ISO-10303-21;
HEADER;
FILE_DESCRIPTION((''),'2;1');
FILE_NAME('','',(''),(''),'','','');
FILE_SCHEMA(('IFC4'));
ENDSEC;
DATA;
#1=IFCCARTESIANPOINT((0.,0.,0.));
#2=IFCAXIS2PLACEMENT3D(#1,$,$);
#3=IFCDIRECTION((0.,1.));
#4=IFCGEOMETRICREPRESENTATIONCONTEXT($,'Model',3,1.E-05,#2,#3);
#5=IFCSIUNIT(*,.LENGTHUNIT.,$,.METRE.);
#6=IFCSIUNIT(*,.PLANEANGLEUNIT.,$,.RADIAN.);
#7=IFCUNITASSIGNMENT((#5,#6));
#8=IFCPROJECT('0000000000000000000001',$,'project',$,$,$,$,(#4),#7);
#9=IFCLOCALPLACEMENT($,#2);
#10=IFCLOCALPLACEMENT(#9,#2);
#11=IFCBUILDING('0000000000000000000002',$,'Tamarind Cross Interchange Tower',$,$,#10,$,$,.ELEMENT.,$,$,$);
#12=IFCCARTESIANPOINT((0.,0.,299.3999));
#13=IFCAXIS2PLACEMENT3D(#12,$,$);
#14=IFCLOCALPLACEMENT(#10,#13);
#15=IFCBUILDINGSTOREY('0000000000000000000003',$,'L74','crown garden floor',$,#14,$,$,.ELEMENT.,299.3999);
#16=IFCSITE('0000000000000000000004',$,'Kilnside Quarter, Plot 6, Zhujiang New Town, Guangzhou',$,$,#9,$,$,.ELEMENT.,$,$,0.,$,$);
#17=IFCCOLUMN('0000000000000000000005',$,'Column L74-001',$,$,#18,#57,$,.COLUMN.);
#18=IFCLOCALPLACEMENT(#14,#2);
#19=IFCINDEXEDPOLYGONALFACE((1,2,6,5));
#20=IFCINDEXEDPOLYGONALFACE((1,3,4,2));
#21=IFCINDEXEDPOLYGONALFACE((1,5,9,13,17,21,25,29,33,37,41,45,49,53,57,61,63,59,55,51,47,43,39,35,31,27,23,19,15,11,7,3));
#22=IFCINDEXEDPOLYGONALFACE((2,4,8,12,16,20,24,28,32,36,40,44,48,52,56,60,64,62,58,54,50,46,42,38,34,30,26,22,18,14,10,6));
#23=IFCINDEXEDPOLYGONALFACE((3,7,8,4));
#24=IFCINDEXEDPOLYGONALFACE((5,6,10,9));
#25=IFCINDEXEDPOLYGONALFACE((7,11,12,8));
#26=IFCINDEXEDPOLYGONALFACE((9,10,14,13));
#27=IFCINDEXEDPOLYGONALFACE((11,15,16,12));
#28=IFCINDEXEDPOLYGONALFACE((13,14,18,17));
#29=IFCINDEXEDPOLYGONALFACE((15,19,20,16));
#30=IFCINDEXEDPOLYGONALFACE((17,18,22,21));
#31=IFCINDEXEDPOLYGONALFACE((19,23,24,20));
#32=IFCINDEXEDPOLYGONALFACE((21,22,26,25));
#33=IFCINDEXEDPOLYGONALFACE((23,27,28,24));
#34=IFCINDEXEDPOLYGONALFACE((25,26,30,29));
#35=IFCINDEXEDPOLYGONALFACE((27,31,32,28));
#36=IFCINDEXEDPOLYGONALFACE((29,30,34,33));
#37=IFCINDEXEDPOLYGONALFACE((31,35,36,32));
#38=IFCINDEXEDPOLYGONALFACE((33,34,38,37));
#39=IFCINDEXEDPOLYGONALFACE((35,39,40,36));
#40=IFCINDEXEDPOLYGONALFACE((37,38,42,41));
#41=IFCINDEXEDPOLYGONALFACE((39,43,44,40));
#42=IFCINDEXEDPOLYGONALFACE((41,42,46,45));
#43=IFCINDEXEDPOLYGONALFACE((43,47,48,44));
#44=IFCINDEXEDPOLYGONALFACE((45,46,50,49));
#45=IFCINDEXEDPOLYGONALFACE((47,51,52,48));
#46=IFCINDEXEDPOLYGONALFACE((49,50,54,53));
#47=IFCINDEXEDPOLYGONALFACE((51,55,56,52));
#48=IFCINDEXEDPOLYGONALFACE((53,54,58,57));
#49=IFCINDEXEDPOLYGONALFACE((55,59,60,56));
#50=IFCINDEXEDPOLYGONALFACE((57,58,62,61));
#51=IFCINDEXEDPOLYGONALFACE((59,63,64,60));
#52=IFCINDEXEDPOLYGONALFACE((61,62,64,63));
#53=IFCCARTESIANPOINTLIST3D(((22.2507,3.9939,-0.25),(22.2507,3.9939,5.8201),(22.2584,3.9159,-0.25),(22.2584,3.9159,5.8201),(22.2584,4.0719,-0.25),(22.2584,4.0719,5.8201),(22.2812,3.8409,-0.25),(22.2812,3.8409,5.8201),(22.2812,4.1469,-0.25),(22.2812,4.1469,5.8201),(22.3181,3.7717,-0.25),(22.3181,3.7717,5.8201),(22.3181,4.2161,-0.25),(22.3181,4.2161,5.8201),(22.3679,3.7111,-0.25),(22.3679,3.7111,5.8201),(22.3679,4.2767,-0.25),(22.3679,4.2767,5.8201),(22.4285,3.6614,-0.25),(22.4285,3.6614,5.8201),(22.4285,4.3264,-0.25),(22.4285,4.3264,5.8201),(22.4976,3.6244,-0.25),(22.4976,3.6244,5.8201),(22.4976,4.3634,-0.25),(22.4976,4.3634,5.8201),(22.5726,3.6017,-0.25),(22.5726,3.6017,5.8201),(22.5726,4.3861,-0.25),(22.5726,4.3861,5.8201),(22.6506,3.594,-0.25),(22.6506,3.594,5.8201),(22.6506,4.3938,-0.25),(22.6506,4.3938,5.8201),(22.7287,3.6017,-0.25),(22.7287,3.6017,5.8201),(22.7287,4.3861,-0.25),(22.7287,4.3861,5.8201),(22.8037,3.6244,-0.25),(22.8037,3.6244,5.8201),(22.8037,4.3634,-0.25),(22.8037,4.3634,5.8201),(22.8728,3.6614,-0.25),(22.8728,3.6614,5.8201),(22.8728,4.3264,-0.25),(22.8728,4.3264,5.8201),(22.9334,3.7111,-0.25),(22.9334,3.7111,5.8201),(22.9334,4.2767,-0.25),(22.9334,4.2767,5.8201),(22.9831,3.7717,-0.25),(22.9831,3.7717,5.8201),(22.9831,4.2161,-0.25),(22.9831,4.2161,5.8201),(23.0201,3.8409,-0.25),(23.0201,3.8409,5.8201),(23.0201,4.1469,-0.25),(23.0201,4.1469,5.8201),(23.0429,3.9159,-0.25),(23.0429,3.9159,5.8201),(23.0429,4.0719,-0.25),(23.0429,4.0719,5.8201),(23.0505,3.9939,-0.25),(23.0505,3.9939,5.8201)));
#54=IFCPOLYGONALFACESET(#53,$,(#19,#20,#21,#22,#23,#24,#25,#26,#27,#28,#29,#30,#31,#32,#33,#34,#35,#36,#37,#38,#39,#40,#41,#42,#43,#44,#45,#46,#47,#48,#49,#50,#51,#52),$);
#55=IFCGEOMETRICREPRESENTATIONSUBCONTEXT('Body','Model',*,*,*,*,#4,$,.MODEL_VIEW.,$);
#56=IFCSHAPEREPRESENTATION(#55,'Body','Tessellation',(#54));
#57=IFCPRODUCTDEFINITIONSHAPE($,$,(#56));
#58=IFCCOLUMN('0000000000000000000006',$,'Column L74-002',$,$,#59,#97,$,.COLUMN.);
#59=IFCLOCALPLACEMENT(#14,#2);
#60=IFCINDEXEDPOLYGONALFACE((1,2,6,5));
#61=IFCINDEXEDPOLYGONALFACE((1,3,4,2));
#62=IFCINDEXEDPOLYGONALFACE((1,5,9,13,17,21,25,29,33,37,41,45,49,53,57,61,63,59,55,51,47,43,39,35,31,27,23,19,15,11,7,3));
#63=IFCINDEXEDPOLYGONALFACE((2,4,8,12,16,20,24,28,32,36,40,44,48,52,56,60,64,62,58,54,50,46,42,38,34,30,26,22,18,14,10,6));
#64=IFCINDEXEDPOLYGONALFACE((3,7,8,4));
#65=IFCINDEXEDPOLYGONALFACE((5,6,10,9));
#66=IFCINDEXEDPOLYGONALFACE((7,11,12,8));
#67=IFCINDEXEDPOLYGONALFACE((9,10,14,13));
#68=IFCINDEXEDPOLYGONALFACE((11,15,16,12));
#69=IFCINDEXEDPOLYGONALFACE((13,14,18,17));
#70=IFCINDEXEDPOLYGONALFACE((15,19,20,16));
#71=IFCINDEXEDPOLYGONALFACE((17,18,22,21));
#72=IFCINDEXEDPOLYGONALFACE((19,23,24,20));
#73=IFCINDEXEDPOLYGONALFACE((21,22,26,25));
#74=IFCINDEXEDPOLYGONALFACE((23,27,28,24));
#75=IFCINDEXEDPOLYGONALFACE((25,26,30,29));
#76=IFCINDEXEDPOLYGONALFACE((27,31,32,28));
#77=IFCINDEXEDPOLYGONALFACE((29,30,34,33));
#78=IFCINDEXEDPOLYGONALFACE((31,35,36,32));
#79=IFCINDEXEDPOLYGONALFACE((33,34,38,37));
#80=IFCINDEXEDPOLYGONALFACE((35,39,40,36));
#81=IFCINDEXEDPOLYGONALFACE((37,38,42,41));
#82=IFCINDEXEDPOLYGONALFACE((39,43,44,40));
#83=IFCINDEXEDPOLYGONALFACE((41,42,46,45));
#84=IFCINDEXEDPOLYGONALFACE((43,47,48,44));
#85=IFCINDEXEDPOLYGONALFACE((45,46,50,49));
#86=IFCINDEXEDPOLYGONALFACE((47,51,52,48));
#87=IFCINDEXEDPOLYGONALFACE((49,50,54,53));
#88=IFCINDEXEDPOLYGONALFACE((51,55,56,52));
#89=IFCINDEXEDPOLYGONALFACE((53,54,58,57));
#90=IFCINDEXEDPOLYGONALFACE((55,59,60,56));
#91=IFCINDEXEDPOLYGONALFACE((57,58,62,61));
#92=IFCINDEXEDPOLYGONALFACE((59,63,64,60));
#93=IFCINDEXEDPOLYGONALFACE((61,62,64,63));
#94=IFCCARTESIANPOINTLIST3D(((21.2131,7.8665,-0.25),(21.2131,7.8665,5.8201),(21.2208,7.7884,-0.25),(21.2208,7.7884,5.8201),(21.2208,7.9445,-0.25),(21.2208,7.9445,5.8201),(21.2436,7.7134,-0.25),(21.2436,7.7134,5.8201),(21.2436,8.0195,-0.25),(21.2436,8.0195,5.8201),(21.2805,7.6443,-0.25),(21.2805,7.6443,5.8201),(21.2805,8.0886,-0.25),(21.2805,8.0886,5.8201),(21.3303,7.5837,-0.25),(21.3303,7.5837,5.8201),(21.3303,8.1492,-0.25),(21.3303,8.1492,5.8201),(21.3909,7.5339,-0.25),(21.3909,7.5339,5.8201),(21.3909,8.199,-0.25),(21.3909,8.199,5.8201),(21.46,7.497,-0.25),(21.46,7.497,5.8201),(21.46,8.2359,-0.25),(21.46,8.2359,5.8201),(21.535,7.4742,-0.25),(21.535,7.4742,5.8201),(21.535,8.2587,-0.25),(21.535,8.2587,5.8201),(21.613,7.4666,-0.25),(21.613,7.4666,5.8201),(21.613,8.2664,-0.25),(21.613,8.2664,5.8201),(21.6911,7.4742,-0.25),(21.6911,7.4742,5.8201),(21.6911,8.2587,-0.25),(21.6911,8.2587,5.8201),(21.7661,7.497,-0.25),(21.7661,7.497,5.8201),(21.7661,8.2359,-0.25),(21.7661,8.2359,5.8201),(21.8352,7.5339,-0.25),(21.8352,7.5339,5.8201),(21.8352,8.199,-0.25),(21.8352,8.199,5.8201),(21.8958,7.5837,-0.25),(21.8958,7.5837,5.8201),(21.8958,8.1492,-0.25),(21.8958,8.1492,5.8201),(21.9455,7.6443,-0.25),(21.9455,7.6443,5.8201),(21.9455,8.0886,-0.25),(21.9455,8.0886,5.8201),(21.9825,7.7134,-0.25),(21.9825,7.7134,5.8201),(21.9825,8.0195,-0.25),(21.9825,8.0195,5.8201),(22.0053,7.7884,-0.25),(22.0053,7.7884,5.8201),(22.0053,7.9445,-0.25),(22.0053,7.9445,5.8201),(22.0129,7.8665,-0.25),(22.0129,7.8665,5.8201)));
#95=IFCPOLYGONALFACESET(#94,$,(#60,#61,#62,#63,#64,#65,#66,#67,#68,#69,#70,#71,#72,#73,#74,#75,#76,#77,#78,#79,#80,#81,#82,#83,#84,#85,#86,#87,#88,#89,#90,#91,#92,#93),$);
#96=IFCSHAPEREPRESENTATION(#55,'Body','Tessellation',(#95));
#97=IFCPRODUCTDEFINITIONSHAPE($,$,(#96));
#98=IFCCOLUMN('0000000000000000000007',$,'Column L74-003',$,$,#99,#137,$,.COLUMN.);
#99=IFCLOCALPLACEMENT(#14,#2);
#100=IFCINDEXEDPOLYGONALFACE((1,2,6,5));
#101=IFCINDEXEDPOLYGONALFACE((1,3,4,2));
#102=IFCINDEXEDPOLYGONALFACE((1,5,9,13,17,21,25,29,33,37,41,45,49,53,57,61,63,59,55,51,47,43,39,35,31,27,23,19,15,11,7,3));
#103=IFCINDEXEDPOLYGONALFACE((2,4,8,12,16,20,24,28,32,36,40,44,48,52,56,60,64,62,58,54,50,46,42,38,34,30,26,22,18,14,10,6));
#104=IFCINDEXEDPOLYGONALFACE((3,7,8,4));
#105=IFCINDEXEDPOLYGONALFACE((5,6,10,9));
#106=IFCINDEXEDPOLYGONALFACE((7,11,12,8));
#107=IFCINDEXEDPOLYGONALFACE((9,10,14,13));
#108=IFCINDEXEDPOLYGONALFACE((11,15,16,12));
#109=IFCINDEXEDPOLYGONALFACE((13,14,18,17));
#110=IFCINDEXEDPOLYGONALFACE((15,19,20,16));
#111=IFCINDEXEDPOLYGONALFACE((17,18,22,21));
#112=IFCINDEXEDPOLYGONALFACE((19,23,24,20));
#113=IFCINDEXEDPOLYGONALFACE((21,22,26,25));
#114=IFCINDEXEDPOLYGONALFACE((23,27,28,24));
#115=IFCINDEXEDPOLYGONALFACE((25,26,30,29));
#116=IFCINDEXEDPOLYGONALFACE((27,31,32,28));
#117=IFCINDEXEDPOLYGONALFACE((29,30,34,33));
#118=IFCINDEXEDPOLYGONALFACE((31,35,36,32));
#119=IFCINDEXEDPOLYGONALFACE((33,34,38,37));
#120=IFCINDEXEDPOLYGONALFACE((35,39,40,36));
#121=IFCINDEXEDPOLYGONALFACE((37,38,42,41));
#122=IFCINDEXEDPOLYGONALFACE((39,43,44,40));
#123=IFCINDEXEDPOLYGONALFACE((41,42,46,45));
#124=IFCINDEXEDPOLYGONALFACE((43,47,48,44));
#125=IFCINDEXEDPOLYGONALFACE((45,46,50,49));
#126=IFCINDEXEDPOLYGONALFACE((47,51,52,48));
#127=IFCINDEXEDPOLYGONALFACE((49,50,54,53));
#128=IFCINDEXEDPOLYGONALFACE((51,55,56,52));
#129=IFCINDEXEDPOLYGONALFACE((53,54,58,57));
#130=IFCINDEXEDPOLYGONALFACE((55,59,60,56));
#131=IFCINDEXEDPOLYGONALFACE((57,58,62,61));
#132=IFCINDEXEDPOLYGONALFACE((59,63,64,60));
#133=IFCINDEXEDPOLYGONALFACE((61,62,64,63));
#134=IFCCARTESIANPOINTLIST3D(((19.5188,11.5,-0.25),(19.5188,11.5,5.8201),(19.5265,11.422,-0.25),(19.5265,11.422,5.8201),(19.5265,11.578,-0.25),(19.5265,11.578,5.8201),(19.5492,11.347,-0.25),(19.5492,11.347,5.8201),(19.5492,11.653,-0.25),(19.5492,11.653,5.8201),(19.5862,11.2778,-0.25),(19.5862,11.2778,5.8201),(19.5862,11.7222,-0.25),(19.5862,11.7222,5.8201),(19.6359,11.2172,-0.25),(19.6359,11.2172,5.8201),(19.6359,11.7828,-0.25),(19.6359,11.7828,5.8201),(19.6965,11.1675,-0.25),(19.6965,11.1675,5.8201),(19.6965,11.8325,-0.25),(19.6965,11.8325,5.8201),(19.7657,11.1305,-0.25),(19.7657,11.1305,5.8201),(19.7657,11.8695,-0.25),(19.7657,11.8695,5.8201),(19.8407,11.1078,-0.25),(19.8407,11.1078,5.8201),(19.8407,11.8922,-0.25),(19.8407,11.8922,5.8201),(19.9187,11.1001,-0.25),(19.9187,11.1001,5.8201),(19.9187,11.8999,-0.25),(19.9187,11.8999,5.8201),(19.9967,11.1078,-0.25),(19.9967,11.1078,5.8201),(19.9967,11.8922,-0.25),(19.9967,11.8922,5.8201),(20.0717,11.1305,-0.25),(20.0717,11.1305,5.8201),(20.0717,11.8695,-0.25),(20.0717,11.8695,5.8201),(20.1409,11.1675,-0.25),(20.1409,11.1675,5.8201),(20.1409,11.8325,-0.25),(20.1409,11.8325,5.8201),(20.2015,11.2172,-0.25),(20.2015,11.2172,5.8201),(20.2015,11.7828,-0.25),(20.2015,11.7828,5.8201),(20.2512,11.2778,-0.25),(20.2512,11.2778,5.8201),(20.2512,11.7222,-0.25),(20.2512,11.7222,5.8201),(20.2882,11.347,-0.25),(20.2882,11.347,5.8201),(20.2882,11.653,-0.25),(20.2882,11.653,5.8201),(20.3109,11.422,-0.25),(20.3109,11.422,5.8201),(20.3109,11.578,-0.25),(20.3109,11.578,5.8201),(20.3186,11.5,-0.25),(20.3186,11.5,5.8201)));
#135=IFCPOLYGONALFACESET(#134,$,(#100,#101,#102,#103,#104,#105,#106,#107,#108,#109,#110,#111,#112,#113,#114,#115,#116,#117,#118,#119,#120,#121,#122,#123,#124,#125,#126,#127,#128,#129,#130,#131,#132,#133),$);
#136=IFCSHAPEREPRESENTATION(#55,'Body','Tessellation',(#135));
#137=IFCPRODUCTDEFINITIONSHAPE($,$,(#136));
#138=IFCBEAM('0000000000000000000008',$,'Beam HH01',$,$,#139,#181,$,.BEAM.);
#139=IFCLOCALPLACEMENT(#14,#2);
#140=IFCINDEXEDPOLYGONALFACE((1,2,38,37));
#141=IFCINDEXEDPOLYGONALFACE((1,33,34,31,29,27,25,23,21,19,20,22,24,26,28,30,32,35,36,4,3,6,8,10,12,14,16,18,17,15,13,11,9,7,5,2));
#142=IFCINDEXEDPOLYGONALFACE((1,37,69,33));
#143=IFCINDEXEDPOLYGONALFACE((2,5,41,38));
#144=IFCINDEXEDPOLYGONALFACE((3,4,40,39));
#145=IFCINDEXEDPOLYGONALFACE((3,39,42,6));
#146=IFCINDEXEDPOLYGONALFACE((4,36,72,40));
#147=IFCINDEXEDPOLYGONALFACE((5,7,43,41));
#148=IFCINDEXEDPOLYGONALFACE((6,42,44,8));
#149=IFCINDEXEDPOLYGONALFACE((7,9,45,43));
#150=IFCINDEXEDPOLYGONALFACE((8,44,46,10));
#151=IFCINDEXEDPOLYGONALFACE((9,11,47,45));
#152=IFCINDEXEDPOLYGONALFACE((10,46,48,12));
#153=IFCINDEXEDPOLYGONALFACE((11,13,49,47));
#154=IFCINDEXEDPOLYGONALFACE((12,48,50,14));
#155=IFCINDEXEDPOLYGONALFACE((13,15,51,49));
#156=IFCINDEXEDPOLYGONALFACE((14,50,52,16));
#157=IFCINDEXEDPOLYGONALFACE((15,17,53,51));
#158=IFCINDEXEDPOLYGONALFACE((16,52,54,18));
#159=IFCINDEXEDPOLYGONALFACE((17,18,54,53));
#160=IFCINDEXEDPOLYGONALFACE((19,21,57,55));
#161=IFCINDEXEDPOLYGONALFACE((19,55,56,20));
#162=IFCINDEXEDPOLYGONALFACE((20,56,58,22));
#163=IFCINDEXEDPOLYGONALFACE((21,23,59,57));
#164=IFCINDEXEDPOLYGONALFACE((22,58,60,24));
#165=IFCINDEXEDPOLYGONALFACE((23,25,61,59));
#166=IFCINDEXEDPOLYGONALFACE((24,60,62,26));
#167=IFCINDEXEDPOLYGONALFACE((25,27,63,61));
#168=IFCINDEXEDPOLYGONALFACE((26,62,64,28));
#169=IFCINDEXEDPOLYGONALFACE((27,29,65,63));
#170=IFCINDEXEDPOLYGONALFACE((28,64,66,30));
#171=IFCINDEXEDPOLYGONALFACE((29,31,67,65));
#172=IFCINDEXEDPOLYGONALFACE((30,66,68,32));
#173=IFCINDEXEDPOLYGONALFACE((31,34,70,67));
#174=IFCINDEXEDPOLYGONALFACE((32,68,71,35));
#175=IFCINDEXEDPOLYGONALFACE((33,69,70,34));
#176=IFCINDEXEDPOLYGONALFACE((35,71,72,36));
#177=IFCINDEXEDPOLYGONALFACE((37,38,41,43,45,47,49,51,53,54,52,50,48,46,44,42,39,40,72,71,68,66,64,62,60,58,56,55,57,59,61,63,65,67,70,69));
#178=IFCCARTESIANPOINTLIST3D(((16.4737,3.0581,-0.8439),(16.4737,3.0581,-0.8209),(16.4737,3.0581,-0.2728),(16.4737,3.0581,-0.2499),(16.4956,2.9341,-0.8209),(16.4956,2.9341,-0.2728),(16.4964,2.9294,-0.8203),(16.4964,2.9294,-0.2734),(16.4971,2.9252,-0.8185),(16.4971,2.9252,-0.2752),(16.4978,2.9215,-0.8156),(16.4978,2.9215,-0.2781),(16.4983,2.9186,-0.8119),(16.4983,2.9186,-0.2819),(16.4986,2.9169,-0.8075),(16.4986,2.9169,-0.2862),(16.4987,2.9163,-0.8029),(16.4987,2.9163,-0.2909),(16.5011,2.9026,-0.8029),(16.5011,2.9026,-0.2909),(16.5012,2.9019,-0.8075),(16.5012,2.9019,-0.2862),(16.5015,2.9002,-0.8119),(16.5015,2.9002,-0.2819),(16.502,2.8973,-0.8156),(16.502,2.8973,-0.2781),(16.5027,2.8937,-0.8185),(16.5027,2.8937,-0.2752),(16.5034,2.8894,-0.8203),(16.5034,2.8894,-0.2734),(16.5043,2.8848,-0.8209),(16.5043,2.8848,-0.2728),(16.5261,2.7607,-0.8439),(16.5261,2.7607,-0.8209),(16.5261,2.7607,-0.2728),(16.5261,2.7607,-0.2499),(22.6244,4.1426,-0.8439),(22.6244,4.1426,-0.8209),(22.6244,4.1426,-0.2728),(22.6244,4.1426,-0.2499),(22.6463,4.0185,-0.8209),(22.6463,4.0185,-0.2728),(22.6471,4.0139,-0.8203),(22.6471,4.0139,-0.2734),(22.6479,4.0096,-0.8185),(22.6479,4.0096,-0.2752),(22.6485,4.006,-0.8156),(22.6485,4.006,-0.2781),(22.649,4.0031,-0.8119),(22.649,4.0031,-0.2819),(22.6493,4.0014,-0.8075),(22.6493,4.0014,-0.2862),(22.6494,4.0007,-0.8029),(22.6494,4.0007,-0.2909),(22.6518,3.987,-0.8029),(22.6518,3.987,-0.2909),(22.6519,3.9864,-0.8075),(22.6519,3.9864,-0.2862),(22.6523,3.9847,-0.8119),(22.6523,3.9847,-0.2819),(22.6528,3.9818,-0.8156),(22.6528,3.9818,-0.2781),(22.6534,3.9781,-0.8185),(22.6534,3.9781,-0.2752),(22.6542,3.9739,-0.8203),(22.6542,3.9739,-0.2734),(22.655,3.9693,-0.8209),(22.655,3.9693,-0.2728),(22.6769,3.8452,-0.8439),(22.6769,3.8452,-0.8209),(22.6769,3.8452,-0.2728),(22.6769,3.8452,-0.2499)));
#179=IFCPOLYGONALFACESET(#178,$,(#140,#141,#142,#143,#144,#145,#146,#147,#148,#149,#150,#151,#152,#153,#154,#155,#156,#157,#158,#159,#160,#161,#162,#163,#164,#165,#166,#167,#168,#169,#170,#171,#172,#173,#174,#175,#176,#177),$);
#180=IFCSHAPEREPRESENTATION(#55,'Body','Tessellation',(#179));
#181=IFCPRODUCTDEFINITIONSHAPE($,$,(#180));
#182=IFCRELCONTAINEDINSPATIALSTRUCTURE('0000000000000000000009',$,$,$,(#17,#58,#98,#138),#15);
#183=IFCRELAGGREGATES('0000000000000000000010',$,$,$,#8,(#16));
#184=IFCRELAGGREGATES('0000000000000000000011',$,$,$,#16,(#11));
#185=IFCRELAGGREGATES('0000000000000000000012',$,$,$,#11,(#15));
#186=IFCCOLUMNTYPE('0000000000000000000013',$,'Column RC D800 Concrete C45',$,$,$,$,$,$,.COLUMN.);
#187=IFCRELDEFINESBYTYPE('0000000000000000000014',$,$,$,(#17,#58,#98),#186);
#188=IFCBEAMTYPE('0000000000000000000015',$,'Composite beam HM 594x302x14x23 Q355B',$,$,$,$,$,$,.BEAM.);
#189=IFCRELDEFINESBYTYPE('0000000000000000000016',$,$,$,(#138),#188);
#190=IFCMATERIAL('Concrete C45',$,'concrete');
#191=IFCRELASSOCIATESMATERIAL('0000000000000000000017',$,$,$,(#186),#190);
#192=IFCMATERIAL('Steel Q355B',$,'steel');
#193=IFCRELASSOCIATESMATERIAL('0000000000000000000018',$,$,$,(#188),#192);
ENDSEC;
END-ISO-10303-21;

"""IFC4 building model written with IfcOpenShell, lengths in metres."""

from ifc_helpers import new_model, si_unit, direction, frame, origin, origin_2d, place, context, subcontext, project, spatial, circle, i_section, extrude, material, material_profile, profile_set, type_object, element, save


model = new_model("IFC4")

# Units and contexts
model_context = context("Model", 3, precision=1e-05, world=origin(), true_north=direction((0.0, 1.0)))
body_context = subcontext(model_context, "Body", "Model", "MODEL_VIEW")
ifc_project = project(units=[si_unit("LENGTHUNIT", "METRE"), si_unit("PLANEANGLEUNIT", "RADIAN")], contexts=[model_context])

# Site, building, storey
site_placement = place(None, origin())
site = spatial("IfcSite", under=ifc_project, at=site_placement, Name="Kilnside Quarter, Plot 6, Zhujiang New Town, Guangzhou", CompositionType="ELEMENT", RefElevation=0.0)
building_placement = place(site_placement, origin())
building = spatial("IfcBuilding", under=site, at=building_placement, Name="Tamarind Cross Interchange Tower", CompositionType="ELEMENT")
storey_placement = place(building_placement, frame((0.0, 0.0, 299.3999)))
storey = spatial("IfcBuildingStorey", under=building, at=storey_placement, Name="L74", Description="crown garden floor", CompositionType="ELEMENT", Elevation=299.3999)

# Columns
ifc_material_1 = material(Name="Concrete C45", Category="concrete")
ifc_material_profile_1 = material_profile(ifc_material_1, circle(Radius=0.3999, at=origin_2d()), Name="RC D800")
ifc_profile_set_1 = profile_set([ifc_material_profile_1], Name="Concrete C45")
column_type = type_object("IfcColumnType", Name="Column RC D800 Concrete C45", PredefinedType="COLUMN", material=ifc_profile_set_1)
for number, where, z_axis, x_axis, name in (
    (1, (22.6506, 3.9939, -0.25), (0.0, 0.0, 1.0), (1.0, 0.0, 0.0), "Column L74-001"),
    (2, (21.613, 7.8665, -0.25), (0.0, 0.0, 1.0), (1.0, 0.0, 0.0), "Column L74-002"),
    (3, (19.9187, 11.5, -0.25), (0.0, 0.0, 1.0), (1.0, 0.0, 0.0), "Column L74-003"),
):
    element("IfcColumn", number, at=place(storey_placement, frame(where, z_axis=z_axis, x_axis=x_axis)), inside=storey, type_object=column_type, Name=name, PredefinedType="COLUMN", context=body_context, shape_type="SweptSolid", body=[
        extrude(circle(Radius=0.3999, at=origin_2d()), origin(), (0.0, 0.0, 1.0), 6.0701),
    ])

# Beam
ifc_material_2 = material(Name="Steel Q355B", Category="steel")
ifc_material_profile_2 = material_profile(ifc_material_2, i_section(OverallWidth=0.302, OverallDepth=0.594, WebThickness=0.0139, FlangeThickness=0.0229, FilletRadius=0.0181, at=origin_2d()), Name="HM 594x302x14x23")
ifc_profile_set_2 = profile_set([ifc_material_profile_2], Name="Steel Q355B")
beam_type = type_object("IfcBeamType", Name="Composite beam HM 594x302x14x23 Q355B", PredefinedType="BEAM", material=ifc_profile_set_2)
beam_1_placement = place(storey_placement, frame((22.6506, 3.9939, -0.5469), z_axis=(-0.984809, -0.17364, 0.0), x_axis=(0.17364, -0.984809, 0.0)))
element("IfcBeam", 4, at=beam_1_placement, inside=storey, type_object=beam_type, Name="Beam HH01", PredefinedType="BEAM", context=body_context, shape_type="SweptSolid", body=[
    extrude(i_section(OverallWidth=0.302, OverallDepth=0.594, WebThickness=0.0139, FlangeThickness=0.0229, FilletRadius=0.0181, at=origin_2d()), origin(), (0.0, 0.0, 1.0), 6.2456),
])

save(model, "model.ifc")
